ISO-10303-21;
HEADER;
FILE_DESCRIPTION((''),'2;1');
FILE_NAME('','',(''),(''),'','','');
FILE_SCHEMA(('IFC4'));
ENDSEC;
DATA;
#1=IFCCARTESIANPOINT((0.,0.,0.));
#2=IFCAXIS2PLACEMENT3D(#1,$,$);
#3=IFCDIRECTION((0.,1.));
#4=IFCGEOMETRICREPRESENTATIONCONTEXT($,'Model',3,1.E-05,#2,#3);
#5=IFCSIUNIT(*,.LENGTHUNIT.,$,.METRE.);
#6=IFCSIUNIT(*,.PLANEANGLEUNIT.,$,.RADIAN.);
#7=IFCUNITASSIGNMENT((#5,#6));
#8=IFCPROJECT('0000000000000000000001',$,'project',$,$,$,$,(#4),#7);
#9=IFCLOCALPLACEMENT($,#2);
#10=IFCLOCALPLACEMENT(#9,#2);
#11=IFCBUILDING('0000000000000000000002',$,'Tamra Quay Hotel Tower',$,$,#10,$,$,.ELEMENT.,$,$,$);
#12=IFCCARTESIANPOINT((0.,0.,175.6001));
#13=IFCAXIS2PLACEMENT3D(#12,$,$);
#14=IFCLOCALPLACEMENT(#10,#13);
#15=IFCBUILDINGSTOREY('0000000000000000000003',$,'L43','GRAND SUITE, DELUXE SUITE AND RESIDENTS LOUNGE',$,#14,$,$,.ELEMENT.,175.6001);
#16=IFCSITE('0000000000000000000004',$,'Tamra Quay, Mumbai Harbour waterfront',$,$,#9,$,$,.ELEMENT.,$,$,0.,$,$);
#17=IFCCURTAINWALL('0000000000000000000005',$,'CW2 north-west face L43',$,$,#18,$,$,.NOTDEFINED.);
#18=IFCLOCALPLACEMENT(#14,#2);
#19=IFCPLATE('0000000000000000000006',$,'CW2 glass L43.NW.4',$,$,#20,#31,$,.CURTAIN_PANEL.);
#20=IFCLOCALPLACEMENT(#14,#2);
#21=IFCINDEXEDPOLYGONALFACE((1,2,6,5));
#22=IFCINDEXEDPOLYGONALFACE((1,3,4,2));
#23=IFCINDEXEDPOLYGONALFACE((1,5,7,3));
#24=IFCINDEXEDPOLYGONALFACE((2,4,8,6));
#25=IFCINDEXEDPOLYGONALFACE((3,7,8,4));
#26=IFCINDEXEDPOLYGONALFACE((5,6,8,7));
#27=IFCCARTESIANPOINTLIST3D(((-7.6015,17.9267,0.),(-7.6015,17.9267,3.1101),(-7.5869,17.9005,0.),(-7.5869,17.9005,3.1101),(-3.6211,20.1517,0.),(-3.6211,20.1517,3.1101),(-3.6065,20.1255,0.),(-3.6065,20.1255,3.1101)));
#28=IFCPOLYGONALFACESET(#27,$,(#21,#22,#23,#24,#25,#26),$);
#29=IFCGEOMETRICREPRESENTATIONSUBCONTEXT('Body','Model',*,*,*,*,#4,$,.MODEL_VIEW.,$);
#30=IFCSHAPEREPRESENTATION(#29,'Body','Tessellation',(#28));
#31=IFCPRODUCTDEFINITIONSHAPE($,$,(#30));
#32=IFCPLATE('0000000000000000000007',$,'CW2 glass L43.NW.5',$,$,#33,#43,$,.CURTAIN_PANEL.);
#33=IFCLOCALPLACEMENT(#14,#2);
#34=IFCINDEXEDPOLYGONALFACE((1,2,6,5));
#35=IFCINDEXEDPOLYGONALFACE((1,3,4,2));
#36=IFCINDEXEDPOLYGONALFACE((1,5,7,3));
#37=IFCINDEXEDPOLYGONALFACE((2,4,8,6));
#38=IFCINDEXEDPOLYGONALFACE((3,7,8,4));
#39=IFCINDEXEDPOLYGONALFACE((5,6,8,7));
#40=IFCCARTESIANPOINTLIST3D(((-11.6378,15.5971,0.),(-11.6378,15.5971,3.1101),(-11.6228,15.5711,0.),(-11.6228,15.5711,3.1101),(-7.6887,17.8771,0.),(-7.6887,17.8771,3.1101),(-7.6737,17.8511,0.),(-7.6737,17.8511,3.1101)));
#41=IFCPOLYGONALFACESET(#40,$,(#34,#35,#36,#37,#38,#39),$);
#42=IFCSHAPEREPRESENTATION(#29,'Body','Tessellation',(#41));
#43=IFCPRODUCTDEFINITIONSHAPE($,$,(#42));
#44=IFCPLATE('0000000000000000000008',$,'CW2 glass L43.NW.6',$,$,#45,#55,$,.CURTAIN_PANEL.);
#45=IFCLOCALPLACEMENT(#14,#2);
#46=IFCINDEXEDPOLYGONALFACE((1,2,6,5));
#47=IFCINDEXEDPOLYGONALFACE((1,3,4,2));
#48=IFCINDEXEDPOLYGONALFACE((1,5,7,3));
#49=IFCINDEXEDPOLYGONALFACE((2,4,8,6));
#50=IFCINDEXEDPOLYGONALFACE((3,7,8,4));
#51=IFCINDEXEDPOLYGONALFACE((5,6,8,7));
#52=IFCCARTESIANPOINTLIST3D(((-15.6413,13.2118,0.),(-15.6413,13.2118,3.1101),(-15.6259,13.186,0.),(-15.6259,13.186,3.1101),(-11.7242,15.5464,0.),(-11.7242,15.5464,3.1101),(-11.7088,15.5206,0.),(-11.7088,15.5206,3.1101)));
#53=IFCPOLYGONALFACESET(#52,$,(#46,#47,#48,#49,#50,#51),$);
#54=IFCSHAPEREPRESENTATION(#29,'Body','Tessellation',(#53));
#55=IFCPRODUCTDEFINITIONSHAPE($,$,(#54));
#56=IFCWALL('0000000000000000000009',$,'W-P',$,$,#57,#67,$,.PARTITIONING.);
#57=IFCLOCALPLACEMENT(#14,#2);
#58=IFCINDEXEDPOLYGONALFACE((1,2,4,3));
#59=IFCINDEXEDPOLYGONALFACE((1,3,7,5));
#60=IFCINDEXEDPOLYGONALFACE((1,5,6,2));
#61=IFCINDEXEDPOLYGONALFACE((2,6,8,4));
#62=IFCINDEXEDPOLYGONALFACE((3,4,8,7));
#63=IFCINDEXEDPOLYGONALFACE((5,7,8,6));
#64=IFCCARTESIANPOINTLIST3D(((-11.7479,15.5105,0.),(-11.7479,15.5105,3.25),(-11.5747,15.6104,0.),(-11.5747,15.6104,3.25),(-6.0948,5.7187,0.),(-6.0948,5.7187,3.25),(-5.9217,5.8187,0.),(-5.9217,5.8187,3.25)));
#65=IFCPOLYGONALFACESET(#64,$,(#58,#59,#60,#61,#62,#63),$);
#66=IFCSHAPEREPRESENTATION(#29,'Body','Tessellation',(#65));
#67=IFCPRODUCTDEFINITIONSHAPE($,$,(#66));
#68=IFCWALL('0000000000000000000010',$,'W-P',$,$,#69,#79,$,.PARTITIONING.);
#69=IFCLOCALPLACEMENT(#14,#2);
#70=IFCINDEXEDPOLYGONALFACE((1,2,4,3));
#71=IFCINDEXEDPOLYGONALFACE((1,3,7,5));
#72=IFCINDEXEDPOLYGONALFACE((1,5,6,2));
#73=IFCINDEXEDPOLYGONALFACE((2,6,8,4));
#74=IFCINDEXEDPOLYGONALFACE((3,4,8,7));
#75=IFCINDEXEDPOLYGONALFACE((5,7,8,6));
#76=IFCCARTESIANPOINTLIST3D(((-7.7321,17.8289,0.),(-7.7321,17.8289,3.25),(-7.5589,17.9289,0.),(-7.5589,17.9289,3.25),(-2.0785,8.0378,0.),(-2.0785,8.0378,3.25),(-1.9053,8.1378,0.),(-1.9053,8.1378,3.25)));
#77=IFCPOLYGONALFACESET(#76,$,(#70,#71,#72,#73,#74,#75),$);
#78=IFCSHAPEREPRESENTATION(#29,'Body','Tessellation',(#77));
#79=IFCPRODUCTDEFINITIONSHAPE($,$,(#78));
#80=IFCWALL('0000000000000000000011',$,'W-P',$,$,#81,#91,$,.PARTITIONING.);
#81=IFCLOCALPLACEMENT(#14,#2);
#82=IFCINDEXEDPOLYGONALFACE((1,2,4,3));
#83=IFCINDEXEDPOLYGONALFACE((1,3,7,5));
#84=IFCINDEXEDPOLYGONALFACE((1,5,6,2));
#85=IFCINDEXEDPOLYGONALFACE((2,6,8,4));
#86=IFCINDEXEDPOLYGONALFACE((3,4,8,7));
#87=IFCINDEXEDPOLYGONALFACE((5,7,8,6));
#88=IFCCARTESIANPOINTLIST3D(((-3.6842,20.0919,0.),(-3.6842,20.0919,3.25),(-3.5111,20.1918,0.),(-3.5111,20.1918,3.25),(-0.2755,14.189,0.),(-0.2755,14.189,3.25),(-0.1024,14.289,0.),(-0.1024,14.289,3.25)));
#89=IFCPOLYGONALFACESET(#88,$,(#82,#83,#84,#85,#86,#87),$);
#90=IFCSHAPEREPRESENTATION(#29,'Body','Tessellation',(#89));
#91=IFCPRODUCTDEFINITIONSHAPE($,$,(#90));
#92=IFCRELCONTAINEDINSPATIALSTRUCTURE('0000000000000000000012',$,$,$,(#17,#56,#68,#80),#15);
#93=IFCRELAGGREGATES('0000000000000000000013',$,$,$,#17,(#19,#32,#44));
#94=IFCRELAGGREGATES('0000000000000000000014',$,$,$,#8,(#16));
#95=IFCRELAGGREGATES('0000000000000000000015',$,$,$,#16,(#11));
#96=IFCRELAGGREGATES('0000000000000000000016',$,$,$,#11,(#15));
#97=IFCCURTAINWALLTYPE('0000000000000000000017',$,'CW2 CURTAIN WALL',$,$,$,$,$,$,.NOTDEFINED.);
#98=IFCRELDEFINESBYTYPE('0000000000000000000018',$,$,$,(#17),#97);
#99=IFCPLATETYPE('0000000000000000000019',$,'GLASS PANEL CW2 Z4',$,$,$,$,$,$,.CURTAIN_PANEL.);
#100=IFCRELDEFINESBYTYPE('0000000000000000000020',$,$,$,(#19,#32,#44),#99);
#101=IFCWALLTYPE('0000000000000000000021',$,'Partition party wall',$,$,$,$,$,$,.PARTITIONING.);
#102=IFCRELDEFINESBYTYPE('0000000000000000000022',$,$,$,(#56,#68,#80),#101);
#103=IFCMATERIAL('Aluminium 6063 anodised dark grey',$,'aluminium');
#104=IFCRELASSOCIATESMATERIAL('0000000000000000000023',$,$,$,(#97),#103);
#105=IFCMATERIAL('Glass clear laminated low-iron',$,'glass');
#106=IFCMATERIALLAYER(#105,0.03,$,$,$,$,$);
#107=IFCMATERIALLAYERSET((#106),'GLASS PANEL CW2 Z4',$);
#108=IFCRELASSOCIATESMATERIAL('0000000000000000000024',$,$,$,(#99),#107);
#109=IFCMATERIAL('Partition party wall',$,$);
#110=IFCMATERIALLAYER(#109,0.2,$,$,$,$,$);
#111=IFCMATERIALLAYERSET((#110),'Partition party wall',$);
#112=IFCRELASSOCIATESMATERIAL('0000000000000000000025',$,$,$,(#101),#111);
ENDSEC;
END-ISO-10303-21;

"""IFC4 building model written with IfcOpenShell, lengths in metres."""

from ifc_helpers import new_model, si_unit, direction, frame, frame_2d, origin, origin_2d, place, context, subcontext, project, spatial, rectangle, extrude, material, layer, layer_set, type_object, element, aggregate, save


model = new_model("IFC4")

# Units and contexts
model_context = context("Model", 3, precision=1e-05, world=origin(), true_north=direction((0.0, 1.0)))
body_context = subcontext(model_context, "Body", "Model", "MODEL_VIEW")
ifc_project = project(units=[si_unit("LENGTHUNIT", "METRE"), si_unit("PLANEANGLEUNIT", "RADIAN")], contexts=[model_context])

# Site, building, storey
site_placement = place(None, origin())
site = spatial("IfcSite", under=ifc_project, at=site_placement, Name="Tamra Quay, Mumbai Harbour waterfront", CompositionType="ELEMENT", RefElevation=0.0)
building_placement = place(site_placement, origin())
building = spatial("IfcBuilding", under=site, at=building_placement, Name="Tamra Quay Hotel Tower", CompositionType="ELEMENT")
storey_placement = place(building_placement, frame((0.0, 0.0, 175.6001)))
storey = spatial("IfcBuildingStorey", under=building, at=storey_placement, Name="L43", Description="GRAND SUITE, DELUXE SUITE AND RESIDENTS LOUNGE", CompositionType="ELEMENT", Elevation=175.6001)

# Curtain wall
ifc_material_1 = material(Name="Aluminium 6063 anodised dark grey", Category="aluminium")
curtain_wall_type = type_object("IfcCurtainWallType", Name="CW2 CURTAIN WALL", PredefinedType="NOTDEFINED", material=ifc_material_1)
curtain_wall_placement = place(storey_placement, origin())
curtain_wall = element("IfcCurtainWall", 1, at=curtain_wall_placement, inside=storey, type_object=curtain_wall_type, Name="CW2 north-west face L43", PredefinedType="NOTDEFINED")

# Plates
ifc_material_2 = material(Name="Glass clear laminated low-iron", Category="glass")
ifc_layer_1 = layer(ifc_material_2, 0.03)
ifc_layer_set_1 = layer_set([ifc_layer_1], Name="GLASS PANEL CW2 Z4")
plate_type = type_object("IfcPlateType", Name="GLASS PANEL CW2 Z4", PredefinedType="CURTAIN_PANEL", material=ifc_layer_set_1)
plate_1_placement = place(storey_placement, frame((-5.604, 19.0261, 0.0), z_axis=(0.0, 0.0, 1.0), x_axis=(-0.872885, -0.487926, 0.0)))
plate_1 = element("IfcPlate", 2, at=plate_1_placement, type_object=plate_type, Name="CW2 glass L43.NW.4", PredefinedType="CURTAIN_PANEL", context=body_context, shape_type="SweptSolid", body=[
    extrude(rectangle(XDim=4.5601, YDim=0.03, at=origin_2d()), origin(), (0.0, 0.0, 1.0), 3.1101),
])
plate_2_placement = place(storey_placement, frame((-9.6558, 16.7241, 0.0), z_axis=(0.0, 0.0, 1.0), x_axis=(-0.866025, -0.5, 0.0)))
plate_2 = element("IfcPlate", 3, at=plate_2_placement, type_object=plate_type, Name="CW2 glass L43.NW.5", PredefinedType="CURTAIN_PANEL", context=body_context, shape_type="SweptSolid", body=[
    extrude(rectangle(XDim=4.5601, YDim=0.03, at=origin_2d()), origin(), (0.0, 0.0, 1.0), 3.1101),
])
plate_3_placement = place(storey_placement, frame((-13.675, 14.3662, 0.0), z_axis=(0.0, 0.0, 1.0), x_axis=(-0.858999, -0.511977, 0.0)))
plate_3 = element("IfcPlate", 4, at=plate_3_placement, type_object=plate_type, Name="CW2 glass L43.NW.6", PredefinedType="CURTAIN_PANEL", context=body_context, shape_type="SweptSolid", body=[
    extrude(rectangle(XDim=4.5601, YDim=0.03, at=origin_2d()), origin(), (0.0, 0.0, 1.0), 3.1101),
])
aggregate(curtain_wall, [plate_1, plate_2, plate_3])

# Walls
ifc_material_3 = material(Name="Partition party wall")
ifc_layer_2 = layer(ifc_material_3, 0.2)
ifc_layer_set_2 = layer_set([ifc_layer_2], Name="Partition party wall")
wall_type = type_object("IfcWallType", Name="Partition party wall", PredefinedType="PARTITIONING", material=ifc_layer_set_2)
wall_1_placement = place(storey_placement, frame((-11.6614, 15.5605, 0.0), z_axis=(0.0, 0.0, 1.0), x_axis=(0.499987, -0.866033, 0.0)))
element("IfcWall", 5, at=wall_1_placement, inside=storey, type_object=wall_type, Name="W-P", PredefinedType="PARTITIONING", context=body_context, shape_type="SweptSolid", body=[
    extrude(rectangle(XDim=11.3064, YDim=0.2, at=frame_2d((5.6533, 0.0))), origin(), (0.0, 0.0, 1.0), 3.25),
])
wall_2_placement = place(storey_placement, frame((-7.6455, 17.8789, 0.0), z_axis=(0.0, 0.0, 1.0), x_axis=(0.500048, -0.865998, 0.0)))
element("IfcWall", 6, at=wall_2_placement, inside=storey, type_object=wall_type, Name="W-P", PredefinedType="PARTITIONING", context=body_context, shape_type="SweptSolid", body=[
    extrude(rectangle(XDim=11.3062, YDim=0.2, at=frame_2d((5.6531, 0.0))), origin(), (0.0, 0.0, 1.0), 3.25),
])
wall_3_placement = place(storey_placement, frame((-3.5977, 20.1418, 0.0), z_axis=(0.0, 0.0, 1.0), x_axis=(0.500076, -0.865982, 0.0)))
element("IfcWall", 7, at=wall_3_placement, inside=storey, type_object=wall_type, Name="W-P", PredefinedType="PARTITIONING", context=body_context, shape_type="SweptSolid", body=[
    extrude(rectangle(XDim=6.8164, YDim=0.2, at=frame_2d((3.4082, 0.0))), origin(), (0.0, 0.0, 1.0), 3.25),
])

save(model, "model.ifc")
